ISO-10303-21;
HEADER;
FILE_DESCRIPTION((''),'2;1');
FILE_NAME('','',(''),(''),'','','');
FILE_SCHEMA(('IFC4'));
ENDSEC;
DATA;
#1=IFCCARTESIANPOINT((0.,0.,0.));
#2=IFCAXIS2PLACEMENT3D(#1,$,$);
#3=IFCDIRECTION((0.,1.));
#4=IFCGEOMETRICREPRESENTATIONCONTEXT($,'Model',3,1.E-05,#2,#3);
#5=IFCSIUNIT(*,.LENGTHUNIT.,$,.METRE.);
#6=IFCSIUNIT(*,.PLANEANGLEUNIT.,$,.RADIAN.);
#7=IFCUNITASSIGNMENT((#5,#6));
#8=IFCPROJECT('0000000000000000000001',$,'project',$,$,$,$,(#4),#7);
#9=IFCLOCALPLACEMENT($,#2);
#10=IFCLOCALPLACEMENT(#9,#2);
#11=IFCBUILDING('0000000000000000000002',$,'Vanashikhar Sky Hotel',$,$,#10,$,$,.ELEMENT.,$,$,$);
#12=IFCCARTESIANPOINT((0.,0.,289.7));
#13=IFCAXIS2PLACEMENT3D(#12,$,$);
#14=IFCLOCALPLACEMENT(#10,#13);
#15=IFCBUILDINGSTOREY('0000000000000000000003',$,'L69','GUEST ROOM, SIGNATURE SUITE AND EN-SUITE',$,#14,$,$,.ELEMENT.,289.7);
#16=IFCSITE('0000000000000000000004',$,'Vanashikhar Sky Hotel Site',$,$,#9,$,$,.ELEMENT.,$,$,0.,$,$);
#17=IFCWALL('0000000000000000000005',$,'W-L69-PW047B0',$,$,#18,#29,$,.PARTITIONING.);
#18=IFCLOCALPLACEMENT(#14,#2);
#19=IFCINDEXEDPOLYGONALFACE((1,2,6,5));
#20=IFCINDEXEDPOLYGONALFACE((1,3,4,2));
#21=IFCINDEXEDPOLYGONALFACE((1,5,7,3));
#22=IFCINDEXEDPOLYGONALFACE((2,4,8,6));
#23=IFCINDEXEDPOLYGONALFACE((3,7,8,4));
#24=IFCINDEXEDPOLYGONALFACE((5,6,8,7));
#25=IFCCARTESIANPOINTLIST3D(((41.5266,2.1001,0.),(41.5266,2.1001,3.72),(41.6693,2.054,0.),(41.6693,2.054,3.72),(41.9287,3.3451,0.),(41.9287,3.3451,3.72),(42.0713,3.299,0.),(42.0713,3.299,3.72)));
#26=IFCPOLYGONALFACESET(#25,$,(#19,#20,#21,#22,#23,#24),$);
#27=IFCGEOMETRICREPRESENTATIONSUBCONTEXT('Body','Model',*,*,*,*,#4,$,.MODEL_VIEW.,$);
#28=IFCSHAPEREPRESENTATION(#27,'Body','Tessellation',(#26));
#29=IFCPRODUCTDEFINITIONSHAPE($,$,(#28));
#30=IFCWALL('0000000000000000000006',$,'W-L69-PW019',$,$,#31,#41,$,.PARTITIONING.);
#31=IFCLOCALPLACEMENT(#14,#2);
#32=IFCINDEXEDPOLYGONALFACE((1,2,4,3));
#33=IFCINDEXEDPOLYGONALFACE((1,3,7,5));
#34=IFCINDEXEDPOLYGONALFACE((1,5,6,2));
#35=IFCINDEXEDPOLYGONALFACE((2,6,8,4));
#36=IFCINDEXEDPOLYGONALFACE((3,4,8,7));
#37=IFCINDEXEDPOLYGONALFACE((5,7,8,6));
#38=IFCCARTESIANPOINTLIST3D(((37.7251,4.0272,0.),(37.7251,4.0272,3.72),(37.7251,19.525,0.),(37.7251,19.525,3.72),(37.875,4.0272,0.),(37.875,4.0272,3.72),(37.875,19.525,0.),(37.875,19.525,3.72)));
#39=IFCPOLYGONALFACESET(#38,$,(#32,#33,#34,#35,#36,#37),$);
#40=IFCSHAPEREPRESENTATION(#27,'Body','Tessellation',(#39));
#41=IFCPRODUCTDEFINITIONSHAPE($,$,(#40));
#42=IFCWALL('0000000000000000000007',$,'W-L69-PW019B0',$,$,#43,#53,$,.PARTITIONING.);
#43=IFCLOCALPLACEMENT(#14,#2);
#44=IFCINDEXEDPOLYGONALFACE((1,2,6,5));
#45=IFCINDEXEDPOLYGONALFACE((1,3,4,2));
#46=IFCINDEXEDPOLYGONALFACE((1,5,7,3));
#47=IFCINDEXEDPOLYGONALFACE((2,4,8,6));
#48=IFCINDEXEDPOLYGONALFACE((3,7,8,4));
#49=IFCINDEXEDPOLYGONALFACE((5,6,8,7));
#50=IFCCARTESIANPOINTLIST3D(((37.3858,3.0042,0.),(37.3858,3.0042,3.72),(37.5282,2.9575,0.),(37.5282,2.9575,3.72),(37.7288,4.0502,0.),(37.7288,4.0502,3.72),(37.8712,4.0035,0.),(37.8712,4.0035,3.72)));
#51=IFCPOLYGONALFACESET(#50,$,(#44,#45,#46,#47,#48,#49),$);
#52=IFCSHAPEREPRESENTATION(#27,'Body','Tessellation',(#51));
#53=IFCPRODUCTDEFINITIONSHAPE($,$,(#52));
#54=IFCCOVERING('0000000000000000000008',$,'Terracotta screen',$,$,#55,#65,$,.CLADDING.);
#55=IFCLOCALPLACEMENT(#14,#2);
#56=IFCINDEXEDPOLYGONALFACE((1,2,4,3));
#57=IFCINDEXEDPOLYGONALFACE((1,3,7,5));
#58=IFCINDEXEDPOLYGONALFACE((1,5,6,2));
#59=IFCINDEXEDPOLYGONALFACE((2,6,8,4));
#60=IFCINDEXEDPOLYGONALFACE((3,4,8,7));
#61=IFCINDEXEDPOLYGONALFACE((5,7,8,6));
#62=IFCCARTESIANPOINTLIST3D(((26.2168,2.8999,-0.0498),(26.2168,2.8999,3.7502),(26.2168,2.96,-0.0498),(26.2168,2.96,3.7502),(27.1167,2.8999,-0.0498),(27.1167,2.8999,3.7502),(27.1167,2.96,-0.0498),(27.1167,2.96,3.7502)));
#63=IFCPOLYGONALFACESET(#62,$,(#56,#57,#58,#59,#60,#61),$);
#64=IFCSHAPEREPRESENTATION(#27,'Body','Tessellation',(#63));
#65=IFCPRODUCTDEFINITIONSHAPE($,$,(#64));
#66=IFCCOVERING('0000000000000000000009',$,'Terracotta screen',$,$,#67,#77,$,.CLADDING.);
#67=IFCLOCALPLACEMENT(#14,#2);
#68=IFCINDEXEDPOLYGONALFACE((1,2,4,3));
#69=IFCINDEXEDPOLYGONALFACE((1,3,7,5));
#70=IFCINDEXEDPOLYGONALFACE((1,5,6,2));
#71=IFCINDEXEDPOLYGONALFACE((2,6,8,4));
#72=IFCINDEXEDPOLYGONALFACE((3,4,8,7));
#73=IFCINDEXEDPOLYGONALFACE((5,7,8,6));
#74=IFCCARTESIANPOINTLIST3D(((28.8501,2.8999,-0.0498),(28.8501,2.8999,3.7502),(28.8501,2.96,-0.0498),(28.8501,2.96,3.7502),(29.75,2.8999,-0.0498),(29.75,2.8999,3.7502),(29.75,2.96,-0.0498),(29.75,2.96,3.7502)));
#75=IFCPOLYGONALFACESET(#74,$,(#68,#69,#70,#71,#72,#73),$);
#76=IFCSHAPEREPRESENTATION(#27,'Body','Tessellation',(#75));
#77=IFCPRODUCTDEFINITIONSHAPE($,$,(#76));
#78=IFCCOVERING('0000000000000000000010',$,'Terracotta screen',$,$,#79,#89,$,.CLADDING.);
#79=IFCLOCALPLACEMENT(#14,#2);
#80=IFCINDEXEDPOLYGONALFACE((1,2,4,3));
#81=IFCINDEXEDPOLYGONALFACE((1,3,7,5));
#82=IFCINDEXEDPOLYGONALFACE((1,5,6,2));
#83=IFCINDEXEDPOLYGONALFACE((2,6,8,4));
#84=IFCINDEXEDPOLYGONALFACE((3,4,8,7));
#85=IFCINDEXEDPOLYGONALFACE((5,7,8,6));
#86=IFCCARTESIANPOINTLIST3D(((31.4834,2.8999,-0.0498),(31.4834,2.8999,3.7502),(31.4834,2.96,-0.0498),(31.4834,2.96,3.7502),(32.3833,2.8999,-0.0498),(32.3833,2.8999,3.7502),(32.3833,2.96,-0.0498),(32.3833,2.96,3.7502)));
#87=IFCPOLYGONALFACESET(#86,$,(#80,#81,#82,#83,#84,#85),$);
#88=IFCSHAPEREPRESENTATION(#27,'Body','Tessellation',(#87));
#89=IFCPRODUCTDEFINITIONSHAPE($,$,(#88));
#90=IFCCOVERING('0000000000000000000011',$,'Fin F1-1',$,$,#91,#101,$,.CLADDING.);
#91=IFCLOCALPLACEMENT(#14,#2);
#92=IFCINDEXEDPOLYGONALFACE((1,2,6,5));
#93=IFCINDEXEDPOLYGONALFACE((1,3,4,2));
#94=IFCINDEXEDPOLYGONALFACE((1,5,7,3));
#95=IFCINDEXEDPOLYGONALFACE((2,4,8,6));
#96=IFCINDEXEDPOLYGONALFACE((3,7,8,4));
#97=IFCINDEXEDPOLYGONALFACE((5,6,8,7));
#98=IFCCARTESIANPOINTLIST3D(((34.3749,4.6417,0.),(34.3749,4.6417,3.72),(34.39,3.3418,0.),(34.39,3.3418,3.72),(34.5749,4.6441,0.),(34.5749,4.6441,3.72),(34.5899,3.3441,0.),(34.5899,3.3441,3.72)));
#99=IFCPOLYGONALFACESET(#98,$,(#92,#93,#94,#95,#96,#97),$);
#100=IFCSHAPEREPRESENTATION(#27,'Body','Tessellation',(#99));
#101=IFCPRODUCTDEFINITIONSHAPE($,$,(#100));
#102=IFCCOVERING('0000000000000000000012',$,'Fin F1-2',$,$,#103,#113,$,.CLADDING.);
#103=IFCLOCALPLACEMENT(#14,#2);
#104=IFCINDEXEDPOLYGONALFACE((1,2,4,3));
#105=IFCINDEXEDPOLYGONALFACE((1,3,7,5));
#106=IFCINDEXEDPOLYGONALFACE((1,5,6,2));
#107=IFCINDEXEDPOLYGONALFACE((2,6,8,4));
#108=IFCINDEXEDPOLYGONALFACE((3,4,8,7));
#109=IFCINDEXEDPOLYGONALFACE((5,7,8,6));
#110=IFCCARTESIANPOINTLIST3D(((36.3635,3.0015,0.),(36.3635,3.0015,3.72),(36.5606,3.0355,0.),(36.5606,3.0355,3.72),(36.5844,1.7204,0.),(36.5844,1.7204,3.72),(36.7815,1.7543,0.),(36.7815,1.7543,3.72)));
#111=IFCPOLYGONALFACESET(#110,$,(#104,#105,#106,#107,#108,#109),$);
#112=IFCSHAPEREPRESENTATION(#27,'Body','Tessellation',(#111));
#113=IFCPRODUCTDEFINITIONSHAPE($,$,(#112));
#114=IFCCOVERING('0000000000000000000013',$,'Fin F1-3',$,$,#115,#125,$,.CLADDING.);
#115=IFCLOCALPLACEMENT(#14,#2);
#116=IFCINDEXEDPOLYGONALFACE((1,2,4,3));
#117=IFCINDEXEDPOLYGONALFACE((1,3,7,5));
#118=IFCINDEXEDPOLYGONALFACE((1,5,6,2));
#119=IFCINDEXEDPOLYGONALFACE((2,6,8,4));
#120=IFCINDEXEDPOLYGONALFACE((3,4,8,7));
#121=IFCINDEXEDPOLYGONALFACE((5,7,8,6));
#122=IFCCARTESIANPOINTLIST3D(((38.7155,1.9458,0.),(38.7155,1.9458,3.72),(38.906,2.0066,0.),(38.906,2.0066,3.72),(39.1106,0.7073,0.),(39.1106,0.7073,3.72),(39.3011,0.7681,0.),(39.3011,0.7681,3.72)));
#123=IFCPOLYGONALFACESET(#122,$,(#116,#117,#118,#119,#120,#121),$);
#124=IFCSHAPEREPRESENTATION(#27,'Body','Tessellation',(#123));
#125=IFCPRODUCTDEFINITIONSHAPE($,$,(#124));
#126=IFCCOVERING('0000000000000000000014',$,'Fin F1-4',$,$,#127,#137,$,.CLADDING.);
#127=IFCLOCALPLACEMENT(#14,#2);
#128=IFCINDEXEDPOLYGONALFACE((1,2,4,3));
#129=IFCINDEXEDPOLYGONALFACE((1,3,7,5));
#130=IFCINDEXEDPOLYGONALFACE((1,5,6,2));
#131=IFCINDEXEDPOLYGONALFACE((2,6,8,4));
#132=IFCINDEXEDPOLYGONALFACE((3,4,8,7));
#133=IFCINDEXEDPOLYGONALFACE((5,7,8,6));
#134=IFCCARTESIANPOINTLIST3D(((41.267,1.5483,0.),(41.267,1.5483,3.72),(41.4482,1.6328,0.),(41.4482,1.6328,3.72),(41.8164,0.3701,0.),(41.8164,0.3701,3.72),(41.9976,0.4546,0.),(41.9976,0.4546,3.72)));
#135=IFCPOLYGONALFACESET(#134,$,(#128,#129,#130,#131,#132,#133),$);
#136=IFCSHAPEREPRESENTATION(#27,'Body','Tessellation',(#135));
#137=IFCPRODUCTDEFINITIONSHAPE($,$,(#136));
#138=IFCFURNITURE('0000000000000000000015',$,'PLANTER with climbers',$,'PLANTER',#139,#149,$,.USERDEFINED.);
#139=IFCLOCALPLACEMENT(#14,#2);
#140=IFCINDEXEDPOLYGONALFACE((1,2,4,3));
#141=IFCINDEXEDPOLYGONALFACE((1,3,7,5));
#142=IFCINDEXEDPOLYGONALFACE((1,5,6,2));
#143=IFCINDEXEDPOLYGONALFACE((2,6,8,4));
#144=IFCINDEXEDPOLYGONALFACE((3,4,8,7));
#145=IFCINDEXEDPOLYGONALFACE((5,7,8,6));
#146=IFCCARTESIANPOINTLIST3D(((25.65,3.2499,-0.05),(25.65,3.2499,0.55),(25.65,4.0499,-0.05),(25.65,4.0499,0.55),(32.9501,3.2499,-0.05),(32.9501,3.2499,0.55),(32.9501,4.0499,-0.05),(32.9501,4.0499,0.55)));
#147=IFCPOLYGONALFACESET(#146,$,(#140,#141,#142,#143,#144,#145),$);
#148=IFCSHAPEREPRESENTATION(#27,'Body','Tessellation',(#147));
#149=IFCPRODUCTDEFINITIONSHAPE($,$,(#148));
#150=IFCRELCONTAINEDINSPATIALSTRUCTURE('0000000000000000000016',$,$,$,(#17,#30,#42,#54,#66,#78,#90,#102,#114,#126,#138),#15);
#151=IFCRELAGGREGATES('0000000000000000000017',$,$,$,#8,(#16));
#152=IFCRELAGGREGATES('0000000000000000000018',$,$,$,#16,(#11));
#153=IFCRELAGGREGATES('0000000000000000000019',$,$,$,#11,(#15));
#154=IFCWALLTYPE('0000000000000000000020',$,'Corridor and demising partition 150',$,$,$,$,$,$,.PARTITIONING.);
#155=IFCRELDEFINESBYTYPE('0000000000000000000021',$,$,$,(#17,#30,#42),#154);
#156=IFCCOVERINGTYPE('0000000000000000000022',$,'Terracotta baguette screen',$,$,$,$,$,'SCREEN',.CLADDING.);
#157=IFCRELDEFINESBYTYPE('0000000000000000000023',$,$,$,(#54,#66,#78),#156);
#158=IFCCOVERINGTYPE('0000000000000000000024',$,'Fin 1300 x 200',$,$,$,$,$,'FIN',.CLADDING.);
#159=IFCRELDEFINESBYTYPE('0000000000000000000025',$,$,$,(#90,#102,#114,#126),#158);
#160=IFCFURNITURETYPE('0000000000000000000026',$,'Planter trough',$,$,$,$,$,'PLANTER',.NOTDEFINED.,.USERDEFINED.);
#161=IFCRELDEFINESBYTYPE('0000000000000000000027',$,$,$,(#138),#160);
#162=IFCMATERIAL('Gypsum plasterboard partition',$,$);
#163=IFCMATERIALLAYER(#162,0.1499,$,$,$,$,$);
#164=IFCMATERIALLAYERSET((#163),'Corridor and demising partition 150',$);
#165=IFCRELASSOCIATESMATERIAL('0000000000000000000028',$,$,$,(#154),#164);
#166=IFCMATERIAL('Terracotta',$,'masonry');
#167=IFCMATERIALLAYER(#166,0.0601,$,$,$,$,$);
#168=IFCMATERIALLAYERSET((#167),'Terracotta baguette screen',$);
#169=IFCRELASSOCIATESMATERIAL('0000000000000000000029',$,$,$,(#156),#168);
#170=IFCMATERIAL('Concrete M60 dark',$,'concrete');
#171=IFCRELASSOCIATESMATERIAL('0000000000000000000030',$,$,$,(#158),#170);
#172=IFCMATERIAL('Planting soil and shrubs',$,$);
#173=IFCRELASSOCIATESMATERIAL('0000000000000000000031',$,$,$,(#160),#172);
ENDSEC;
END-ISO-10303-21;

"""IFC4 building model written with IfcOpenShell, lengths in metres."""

from ifc_helpers import new_model, si_unit, direction, frame, frame_2d, origin, origin_2d, place, context, subcontext, project, spatial, rectangle, extrude, source, transform, mapped, material, layer, layer_set, material_profile, profile_set, type_object, element, save


model = new_model("IFC4")

# Units and contexts
model_context = context("Model", 3, precision=1e-05, world=origin(), true_north=direction((0.0, 1.0)))
body_context = subcontext(model_context, "Body", "Model", "MODEL_VIEW")
ifc_project = project(units=[si_unit("LENGTHUNIT", "METRE"), si_unit("PLANEANGLEUNIT", "RADIAN")], contexts=[model_context])

# Site, building, storey
site_placement = place(None, origin())
site = spatial("IfcSite", under=ifc_project, at=site_placement, Name="Vanashikhar Sky Hotel Site", CompositionType="ELEMENT", RefElevation=0.0)
building_placement = place(site_placement, origin())
building = spatial("IfcBuilding", under=site, at=building_placement, Name="Vanashikhar Sky Hotel", CompositionType="ELEMENT")
storey_placement = place(building_placement, frame((0.0, 0.0, 289.7)))
storey = spatial("IfcBuildingStorey", under=building, at=storey_placement, Name="L69", Description="GUEST ROOM, SIGNATURE SUITE AND EN-SUITE", CompositionType="ELEMENT", Elevation=289.7)

# Walls
ifc_material_1 = material(Name="Gypsum plasterboard partition")
ifc_layer_1 = layer(ifc_material_1, 0.1499)
ifc_layer_set_1 = layer_set([ifc_layer_1], Name="Corridor and demising partition 150")
wall_type_1 = type_object("IfcWallType", Name="Corridor and demising partition 150", PredefinedType="PARTITIONING", material=ifc_layer_set_1)
shared_shape_1 = source(origin(), body_context, "Body", "SweptSolid", [
    extrude(rectangle(XDim=1.3083, YDim=0.1499, at=frame_2d((0.6543, 0.0))), origin(), (0.0, 0.0, 1.0), 3.72),
])
wall_1_placement = place(storey_placement, frame((41.5979, 2.0769, 0.0), z_axis=(0.0, 0.0, 1.0), x_axis=(0.307314, 0.951608, 0.0)))
element("IfcWall", 1, at=wall_1_placement, inside=storey, type_object=wall_type_1, Name="W-L69-PW047B0", PredefinedType="PARTITIONING", context=body_context, shape_type="MappedRepresentation", body=[
    mapped(shared_shape_1, transform((0.0, 0.0, 0.0), scale=1.0)),
])
shared_shape_2 = source(origin(), body_context, "Body", "SweptSolid", [
    extrude(rectangle(XDim=15.4978, YDim=0.1499, at=frame_2d((7.749, 0.0))), origin(), (0.0, 0.0, 1.0), 3.72),
])
wall_2_placement = place(storey_placement, frame((37.8, 4.0271, 0.0), z_axis=(0.0, 0.0, 1.0), x_axis=(0.0, 1.0, 0.0)))
element("IfcWall", 2, at=wall_2_placement, inside=storey, type_object=wall_type_1, Name="W-L69-PW019", PredefinedType="PARTITIONING", context=body_context, shape_type="MappedRepresentation", body=[
    mapped(shared_shape_2, transform((0.0, 0.0, 0.0), scale=1.0)),
])
shared_shape_3 = source(origin(), body_context, "Body", "SweptSolid", [
    extrude(rectangle(XDim=1.1008, YDim=0.1499, at=frame_2d((0.5503, 0.0))), origin(), (0.0, 0.0, 1.0), 3.72),
])
wall_3_placement = place(storey_placement, frame((37.457, 2.981, 0.0), z_axis=(0.0, 0.0, 1.0), x_axis=(0.311567, 0.950224, 0.0)))
element("IfcWall", 3, at=wall_3_placement, inside=storey, type_object=wall_type_1, Name="W-L69-PW019B0", PredefinedType="PARTITIONING", context=body_context, shape_type="MappedRepresentation", body=[
    mapped(shared_shape_3, transform((0.0, 0.0, 0.0), scale=1.0)),
])

# Coverings
ifc_material_2 = material(Name="Terracotta", Category="masonry")
ifc_layer_2 = layer(ifc_material_2, 0.0601)
ifc_layer_set_2 = layer_set([ifc_layer_2], Name="Terracotta baguette screen")
covering_type_1 = type_object("IfcCoveringType", Name="Terracotta baguette screen", ElementType="SCREEN", PredefinedType="CLADDING", material=ifc_layer_set_2)
shared_shape_4 = source(origin(), body_context, "Body", "SweptSolid", [
    extrude(rectangle(XDim=0.8999, YDim=0.0601, at=origin_2d()), origin(), (0.0, 0.0, 1.0), 3.8),
])
for number, where, z_axis, x_axis, name in (
    (4, (26.6667, 2.9299, -0.0498), (0.0, 0.0, 1.0), (1.0, 0.0, 0.0), "Terracotta screen"),
    (5, (29.3, 2.9299, -0.0498), (0.0, 0.0, 1.0), (1.0, 0.0, 0.0), "Terracotta screen"),
    (6, (31.9333, 2.9299, -0.0498), (0.0, 0.0, 1.0), (1.0, 0.0, 0.0), "Terracotta screen"),
):
    element("IfcCovering", number, at=place(storey_placement, frame(where, z_axis=z_axis, x_axis=x_axis)), inside=storey, type_object=covering_type_1, Name=name, PredefinedType="CLADDING", context=body_context, shape_type="MappedRepresentation", body=[
        mapped(shared_shape_4, transform((0.0, 0.0, 0.0), scale=1.0)),
    ])
ifc_material_3 = material(Name="Concrete M60 dark", Category="concrete")
ifc_material_profile = material_profile(ifc_material_3, rectangle(XDim=1.3, YDim=0.2, at=origin_2d()))
ifc_profile_set = profile_set([ifc_material_profile], Name="Fin 1300 x 200")
covering_type_2 = type_object("IfcCoveringType", Name="Fin 1300 x 200", ElementType="FIN", PredefinedType="CLADDING", material=ifc_profile_set)
shared_shape_5 = source(origin(), body_context, "Body", "SweptSolid", [
    extrude(rectangle(XDim=1.3, YDim=0.2, at=origin_2d()), origin(), (0.0, 0.0, 1.0), 3.72),
])
for number, where, z_axis, x_axis, name in (
    (7, (34.4824, 3.9929, 0.0), (0.0, 0.0, 1.0), (0.011589, -0.999933, 0.0), "Fin F1-1"),
    (8, (36.5725, 2.3779, 0.0), (0.0, 0.0, 1.0), (0.1699, -0.985461, 0.0), "Fin F1-2"),
    (9, (39.0083, 1.3569, 0.0), (0.0, 0.0, 1.0), (0.303967, -0.952683, 0.0), "Fin F1-3"),
    (10, (41.6323, 1.0015, 0.0), (0.0, 0.0, 1.0), (0.422618, -0.906308, 0.0), "Fin F1-4"),
):
    element("IfcCovering", number, at=place(storey_placement, frame(where, z_axis=z_axis, x_axis=x_axis)), inside=storey, type_object=covering_type_2, Name=name, PredefinedType="CLADDING", context=body_context, shape_type="MappedRepresentation", body=[
        mapped(shared_shape_5, transform((0.0, 0.0, 0.0), scale=1.0)),
    ])

# Furniture
ifc_material_4 = material(Name="Planting soil and shrubs")
furniture_type = type_object("IfcFurnitureType", Name="Planter trough", ElementType="PLANTER", AssemblyPlace="NOTDEFINED", PredefinedType="USERDEFINED", material=ifc_material_4)
shared_shape_6 = source(origin(), body_context, "Body", "SweptSolid", [
    extrude(rectangle(XDim=7.3, YDim=0.8, at=origin_2d()), origin(), (0.0, 0.0, 1.0), 0.6001),
])
furniture_placement = place(storey_placement, frame((29.3, 3.6499, -0.05), z_axis=(0.0, 0.0, 1.0), x_axis=(1.0, 0.0, 0.0)))
element("IfcFurniture", 11, at=furniture_placement, inside=storey, type_object=furniture_type, Name="PLANTER with climbers", ObjectType="PLANTER", PredefinedType="USERDEFINED", context=body_context, shape_type="MappedRepresentation", body=[
    mapped(shared_shape_6, transform((0.0, 0.0, 0.0), scale=1.0)),
])

save(model, "model.ifc")
